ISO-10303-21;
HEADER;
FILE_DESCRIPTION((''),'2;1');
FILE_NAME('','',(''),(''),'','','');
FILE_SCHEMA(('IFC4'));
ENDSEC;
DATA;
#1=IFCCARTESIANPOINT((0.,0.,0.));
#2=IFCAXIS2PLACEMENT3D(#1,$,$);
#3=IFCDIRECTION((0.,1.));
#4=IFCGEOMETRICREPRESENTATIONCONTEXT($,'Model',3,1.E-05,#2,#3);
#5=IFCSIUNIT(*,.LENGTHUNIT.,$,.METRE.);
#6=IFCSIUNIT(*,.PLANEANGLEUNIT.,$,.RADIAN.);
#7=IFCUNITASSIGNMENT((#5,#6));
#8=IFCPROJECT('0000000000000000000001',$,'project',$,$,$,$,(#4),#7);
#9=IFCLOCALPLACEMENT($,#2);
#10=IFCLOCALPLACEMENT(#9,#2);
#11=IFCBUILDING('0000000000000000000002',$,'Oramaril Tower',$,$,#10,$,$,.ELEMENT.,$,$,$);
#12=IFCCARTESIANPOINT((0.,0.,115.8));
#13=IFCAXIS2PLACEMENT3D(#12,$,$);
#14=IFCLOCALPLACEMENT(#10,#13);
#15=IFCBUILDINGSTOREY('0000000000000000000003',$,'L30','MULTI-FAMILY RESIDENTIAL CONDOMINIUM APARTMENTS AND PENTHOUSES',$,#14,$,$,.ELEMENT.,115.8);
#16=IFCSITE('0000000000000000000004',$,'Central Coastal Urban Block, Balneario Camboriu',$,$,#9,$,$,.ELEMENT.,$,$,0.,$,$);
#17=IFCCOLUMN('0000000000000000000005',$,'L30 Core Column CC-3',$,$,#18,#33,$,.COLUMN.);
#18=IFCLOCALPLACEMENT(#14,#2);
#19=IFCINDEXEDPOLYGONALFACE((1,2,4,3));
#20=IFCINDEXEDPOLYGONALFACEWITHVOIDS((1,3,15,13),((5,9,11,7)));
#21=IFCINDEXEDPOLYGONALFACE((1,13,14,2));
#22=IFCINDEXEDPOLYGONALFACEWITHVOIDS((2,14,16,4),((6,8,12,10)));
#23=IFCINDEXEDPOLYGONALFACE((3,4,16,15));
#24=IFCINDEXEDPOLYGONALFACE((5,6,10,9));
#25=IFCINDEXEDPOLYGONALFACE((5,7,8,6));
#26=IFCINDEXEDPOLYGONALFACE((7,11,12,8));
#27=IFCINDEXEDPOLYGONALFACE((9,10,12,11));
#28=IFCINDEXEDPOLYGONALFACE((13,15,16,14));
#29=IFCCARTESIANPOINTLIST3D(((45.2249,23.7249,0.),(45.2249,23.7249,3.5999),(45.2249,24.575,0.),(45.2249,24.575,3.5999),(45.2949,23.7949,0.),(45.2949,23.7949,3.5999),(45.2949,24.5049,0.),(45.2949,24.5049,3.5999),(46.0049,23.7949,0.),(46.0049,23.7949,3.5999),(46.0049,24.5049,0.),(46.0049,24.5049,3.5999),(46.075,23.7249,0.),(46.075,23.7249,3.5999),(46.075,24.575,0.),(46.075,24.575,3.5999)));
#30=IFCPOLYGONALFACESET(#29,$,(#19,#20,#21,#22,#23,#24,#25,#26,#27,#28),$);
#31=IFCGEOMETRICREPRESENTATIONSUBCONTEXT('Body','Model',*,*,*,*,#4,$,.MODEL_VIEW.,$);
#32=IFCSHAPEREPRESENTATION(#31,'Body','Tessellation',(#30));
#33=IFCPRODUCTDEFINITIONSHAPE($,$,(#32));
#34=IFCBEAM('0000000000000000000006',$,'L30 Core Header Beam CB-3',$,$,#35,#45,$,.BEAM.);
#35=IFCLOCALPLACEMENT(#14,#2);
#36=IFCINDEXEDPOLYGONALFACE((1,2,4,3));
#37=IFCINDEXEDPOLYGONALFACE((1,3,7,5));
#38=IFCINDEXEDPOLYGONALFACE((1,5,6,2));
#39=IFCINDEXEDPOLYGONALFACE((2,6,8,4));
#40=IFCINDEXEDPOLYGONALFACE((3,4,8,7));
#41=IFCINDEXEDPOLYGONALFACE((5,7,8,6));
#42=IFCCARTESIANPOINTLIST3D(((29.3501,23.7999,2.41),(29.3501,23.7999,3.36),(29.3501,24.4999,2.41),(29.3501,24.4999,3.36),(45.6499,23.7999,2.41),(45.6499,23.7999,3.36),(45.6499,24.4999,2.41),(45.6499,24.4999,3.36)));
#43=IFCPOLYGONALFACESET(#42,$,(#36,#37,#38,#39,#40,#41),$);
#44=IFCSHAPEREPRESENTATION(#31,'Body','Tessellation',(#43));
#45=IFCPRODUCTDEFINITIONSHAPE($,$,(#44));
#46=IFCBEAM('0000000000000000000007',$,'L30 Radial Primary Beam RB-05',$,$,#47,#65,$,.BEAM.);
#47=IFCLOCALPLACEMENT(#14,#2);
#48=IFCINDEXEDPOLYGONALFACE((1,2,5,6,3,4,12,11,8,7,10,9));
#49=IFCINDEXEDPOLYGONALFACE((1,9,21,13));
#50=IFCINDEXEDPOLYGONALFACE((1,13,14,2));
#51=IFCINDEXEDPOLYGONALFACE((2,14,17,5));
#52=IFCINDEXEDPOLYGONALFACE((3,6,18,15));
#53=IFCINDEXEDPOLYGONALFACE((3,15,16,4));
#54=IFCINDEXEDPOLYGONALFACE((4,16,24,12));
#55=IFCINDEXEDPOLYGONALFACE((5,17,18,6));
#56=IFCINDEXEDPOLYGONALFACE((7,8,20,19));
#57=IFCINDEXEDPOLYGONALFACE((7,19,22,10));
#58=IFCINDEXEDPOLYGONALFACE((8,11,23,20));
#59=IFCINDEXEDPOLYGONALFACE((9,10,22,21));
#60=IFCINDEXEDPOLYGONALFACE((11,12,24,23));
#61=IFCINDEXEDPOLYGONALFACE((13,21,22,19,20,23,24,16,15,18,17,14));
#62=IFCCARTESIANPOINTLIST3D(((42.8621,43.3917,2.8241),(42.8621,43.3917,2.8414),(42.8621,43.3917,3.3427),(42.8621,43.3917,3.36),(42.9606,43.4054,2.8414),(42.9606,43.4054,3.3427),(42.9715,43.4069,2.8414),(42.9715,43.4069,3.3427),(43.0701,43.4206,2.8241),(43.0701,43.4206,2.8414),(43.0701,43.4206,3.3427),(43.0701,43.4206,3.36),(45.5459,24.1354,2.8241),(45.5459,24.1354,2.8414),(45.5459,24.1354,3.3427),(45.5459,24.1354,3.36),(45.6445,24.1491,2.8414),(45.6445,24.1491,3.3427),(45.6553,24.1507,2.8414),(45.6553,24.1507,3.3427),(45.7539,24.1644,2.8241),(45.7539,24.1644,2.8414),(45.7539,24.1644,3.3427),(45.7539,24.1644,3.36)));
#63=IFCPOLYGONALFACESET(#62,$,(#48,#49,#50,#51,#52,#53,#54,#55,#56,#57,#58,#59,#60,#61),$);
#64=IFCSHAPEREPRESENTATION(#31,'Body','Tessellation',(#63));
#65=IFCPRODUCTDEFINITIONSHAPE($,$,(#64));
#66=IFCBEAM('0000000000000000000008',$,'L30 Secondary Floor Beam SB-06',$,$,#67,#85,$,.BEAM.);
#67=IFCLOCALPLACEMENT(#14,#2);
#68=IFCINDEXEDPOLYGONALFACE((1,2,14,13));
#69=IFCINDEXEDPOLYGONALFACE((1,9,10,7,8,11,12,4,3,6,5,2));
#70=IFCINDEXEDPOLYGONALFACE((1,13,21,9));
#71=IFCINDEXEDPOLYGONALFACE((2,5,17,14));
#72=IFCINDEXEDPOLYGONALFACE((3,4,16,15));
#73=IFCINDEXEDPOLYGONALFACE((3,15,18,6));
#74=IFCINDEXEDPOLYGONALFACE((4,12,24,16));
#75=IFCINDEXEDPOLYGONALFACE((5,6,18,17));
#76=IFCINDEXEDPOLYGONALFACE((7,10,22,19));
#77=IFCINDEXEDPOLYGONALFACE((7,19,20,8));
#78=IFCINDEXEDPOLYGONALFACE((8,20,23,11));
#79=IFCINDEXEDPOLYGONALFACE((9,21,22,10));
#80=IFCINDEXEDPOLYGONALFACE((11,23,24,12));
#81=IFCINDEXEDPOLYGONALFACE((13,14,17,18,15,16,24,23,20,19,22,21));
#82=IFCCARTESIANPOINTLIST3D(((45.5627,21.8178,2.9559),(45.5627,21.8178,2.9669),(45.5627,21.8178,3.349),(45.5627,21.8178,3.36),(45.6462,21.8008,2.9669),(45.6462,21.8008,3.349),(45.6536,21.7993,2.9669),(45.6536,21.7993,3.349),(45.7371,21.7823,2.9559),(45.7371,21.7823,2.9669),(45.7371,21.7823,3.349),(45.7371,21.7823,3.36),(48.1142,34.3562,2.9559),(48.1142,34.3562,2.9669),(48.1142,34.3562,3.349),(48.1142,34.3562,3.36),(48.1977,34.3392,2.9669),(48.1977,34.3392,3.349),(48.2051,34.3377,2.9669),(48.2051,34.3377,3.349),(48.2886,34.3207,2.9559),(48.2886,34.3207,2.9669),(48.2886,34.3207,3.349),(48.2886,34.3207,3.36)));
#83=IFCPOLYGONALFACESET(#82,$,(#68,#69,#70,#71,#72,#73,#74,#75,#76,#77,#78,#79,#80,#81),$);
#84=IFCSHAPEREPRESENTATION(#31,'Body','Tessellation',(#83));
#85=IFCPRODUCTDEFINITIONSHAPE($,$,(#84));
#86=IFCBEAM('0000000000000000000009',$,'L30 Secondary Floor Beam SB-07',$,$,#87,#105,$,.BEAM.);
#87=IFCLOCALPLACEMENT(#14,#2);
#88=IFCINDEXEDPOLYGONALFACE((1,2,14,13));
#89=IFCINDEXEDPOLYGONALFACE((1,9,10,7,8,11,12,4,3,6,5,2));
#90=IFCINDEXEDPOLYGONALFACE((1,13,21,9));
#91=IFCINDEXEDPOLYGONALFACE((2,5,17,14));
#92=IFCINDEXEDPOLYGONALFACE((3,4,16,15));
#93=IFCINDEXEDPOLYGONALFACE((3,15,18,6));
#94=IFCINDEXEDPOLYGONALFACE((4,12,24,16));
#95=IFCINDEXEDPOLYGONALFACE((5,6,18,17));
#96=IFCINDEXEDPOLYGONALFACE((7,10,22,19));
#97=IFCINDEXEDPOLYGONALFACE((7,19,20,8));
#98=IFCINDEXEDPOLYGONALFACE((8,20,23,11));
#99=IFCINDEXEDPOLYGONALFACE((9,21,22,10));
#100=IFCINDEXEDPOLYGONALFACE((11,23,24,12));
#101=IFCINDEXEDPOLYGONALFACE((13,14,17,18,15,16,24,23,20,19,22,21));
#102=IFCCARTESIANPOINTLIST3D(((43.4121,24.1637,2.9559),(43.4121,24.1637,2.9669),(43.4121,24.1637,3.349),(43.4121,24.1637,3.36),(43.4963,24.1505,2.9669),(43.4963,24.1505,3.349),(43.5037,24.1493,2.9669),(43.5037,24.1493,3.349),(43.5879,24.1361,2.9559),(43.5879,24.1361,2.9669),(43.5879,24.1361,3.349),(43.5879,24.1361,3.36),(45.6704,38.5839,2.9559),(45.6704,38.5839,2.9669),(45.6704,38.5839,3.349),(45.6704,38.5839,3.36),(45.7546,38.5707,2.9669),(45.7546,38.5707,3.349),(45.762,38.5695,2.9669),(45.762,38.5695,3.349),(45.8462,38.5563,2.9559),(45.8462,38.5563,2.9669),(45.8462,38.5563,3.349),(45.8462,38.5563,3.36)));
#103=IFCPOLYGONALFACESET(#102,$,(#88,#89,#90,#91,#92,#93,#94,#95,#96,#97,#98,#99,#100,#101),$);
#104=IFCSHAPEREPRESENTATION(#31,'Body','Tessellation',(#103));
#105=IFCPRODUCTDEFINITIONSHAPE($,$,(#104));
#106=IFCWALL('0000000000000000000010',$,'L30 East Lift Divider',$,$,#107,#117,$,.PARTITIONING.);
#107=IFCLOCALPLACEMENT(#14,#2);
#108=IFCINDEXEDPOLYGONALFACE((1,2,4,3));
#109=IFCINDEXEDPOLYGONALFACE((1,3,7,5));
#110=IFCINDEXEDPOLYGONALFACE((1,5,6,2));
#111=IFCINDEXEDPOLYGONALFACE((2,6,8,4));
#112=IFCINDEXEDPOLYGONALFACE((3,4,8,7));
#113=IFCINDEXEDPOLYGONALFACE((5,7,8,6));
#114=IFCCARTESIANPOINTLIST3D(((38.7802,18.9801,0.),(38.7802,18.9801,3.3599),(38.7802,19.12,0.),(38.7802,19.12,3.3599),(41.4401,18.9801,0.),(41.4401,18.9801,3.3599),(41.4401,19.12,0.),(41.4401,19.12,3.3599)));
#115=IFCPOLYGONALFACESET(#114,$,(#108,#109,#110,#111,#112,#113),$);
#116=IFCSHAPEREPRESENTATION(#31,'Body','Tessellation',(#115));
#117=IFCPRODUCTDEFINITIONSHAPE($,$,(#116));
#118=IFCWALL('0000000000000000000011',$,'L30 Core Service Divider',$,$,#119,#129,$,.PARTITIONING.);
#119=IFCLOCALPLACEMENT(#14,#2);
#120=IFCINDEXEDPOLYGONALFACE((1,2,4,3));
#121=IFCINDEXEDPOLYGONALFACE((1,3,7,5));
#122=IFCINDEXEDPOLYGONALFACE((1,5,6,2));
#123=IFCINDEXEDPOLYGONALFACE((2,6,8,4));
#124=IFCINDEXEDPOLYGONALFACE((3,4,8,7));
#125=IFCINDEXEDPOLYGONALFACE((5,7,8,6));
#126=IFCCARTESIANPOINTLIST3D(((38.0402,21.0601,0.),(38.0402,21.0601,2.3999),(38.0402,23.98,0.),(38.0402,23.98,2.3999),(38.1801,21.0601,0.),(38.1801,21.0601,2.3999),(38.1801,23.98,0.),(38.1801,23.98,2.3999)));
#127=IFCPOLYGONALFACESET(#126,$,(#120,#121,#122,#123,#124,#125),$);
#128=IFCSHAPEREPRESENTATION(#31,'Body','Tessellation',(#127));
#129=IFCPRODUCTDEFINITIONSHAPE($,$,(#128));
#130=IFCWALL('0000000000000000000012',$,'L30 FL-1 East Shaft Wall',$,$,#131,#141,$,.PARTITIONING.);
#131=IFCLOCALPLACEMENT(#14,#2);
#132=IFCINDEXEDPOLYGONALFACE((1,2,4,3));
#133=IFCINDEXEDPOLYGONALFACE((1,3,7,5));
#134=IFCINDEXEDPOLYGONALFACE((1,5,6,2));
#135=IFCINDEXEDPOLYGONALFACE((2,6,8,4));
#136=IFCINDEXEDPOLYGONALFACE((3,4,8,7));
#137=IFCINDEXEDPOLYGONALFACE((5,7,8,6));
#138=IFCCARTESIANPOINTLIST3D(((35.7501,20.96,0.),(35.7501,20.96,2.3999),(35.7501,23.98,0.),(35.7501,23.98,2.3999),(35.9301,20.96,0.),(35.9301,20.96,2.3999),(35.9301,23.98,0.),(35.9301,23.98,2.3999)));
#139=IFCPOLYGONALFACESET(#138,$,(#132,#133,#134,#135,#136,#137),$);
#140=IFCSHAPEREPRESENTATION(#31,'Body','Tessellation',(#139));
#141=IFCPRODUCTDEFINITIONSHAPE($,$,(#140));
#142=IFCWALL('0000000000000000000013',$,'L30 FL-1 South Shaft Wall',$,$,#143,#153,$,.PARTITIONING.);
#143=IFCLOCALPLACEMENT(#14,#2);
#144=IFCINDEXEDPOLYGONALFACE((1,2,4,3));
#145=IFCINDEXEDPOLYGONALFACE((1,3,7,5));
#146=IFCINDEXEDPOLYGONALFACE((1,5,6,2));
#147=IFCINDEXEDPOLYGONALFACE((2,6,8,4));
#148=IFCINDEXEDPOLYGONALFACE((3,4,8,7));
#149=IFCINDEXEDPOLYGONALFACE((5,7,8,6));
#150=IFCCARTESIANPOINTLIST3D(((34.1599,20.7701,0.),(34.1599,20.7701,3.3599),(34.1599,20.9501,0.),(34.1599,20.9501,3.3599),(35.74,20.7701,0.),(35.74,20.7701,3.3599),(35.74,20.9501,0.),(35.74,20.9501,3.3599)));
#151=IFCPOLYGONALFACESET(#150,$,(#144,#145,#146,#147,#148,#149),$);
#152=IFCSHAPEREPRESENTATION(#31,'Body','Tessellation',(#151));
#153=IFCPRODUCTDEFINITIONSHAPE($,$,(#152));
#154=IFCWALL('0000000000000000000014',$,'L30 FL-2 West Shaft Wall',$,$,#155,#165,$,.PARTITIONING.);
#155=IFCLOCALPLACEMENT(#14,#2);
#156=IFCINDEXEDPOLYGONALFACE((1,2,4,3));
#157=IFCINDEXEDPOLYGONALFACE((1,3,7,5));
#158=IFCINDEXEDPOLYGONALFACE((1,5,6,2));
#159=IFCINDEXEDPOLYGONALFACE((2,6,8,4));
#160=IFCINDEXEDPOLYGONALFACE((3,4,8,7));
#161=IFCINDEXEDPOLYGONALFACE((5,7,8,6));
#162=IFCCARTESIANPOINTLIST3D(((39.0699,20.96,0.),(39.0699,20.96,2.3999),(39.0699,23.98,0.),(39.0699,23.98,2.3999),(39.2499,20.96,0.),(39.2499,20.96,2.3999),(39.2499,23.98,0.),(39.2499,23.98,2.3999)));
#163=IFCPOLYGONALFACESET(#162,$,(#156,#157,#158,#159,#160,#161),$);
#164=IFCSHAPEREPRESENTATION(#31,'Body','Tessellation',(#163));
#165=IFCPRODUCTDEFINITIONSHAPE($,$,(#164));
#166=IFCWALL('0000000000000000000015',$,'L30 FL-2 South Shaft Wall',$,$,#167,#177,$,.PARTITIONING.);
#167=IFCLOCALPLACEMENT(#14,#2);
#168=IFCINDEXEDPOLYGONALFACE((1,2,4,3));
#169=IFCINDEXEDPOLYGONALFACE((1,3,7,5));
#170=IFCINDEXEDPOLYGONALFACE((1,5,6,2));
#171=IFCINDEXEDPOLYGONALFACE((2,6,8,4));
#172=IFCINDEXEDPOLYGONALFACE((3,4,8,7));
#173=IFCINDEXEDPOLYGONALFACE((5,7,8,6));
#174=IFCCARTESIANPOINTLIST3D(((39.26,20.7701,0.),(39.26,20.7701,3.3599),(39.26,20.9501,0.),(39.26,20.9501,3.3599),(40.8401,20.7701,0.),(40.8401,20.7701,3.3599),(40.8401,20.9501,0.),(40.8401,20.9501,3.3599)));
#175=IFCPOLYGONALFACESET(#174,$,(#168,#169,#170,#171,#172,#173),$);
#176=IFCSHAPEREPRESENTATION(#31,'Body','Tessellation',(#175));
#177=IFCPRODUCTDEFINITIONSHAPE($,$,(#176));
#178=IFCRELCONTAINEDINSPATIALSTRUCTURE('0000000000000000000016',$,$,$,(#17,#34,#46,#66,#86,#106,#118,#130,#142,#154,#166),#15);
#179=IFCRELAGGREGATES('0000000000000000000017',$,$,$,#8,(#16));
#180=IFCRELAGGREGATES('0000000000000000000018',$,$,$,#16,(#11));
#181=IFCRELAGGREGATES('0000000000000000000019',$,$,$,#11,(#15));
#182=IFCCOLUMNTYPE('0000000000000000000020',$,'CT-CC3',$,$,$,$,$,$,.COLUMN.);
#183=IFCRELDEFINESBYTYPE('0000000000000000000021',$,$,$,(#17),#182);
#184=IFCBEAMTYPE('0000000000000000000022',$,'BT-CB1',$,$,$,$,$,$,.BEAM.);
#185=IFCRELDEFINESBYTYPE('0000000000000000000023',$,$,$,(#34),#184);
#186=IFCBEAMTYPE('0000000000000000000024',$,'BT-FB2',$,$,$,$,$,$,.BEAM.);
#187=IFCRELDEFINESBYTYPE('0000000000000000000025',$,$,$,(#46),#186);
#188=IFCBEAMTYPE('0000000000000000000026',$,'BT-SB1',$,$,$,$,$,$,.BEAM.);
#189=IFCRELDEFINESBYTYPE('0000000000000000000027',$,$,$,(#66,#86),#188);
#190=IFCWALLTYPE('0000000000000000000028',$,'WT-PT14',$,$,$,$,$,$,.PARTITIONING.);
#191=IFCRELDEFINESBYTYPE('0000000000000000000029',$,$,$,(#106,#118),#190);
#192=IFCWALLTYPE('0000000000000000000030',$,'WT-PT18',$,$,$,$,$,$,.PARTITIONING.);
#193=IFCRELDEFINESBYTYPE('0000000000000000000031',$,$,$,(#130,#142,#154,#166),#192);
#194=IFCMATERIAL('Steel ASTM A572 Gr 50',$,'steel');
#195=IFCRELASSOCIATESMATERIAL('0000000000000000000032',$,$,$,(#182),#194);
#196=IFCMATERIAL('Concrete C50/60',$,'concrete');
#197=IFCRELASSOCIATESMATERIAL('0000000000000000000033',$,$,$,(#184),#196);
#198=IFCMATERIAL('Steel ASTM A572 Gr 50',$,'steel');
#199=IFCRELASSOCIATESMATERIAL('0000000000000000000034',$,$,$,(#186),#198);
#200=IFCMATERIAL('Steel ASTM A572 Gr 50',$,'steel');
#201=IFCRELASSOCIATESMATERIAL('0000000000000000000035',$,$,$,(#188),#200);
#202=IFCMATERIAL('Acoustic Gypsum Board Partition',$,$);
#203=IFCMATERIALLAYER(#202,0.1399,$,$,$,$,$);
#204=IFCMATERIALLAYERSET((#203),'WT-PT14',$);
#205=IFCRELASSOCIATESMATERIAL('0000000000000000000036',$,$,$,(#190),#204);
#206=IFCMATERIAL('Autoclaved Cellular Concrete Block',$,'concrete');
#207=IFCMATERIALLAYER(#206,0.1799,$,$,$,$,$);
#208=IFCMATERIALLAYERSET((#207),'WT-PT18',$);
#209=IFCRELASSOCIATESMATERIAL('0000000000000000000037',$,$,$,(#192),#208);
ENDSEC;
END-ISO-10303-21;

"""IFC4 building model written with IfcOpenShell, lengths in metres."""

from ifc_helpers import new_model, si_unit, direction, frame, frame_2d, origin, origin_2d, place, context, subcontext, project, spatial, rectangle, hollow_rectangle, i_section, extrude, material, layer, layer_set, material_profile, profile_set, type_object, element, save


model = new_model("IFC4")

# Units and contexts
model_context = context("Model", 3, precision=1e-05, world=origin(), true_north=direction((0.0, 1.0)))
body_context = subcontext(model_context, "Body", "Model", "MODEL_VIEW")
ifc_project = project(units=[si_unit("LENGTHUNIT", "METRE"), si_unit("PLANEANGLEUNIT", "RADIAN")], contexts=[model_context])

# Site, building, storey
site_placement = place(None, origin())
site = spatial("IfcSite", under=ifc_project, at=site_placement, Name="Central Coastal Urban Block, Balneario Camboriu", CompositionType="ELEMENT", RefElevation=0.0)
building_placement = place(site_placement, origin())
building = spatial("IfcBuilding", under=site, at=building_placement, Name="Oramaril Tower", CompositionType="ELEMENT")
storey_placement = place(building_placement, frame((0.0, 0.0, 115.8)))
storey = spatial("IfcBuildingStorey", under=building, at=storey_placement, Name="L30", Description="MULTI-FAMILY RESIDENTIAL CONDOMINIUM APARTMENTS AND PENTHOUSES", CompositionType="ELEMENT", Elevation=115.8)

# Column
ifc_material_1 = material(Name="Steel ASTM A572 Gr 50", Category="steel")
ifc_material_profile_1 = material_profile(ifc_material_1, hollow_rectangle(XDim=0.8501, YDim=0.8501, WallThickness=0.0701, at=origin_2d()), Name="BOX850X850X70")
ifc_profile_set_1 = profile_set([ifc_material_profile_1], Name="Steel ASTM A572 Gr 50")
column_type = type_object("IfcColumnType", Name="CT-CC3", PredefinedType="COLUMN", material=ifc_profile_set_1)
column_placement = place(storey_placement, frame((45.6499, 24.1499, 0.0), z_axis=(0.0, 0.0, 1.0), x_axis=(1.0, 0.0, 0.0)))
element("IfcColumn", 1, at=column_placement, inside=storey, type_object=column_type, Name="L30 Core Column CC-3", PredefinedType="COLUMN", context=body_context, shape_type="SweptSolid", body=[
    extrude(hollow_rectangle(XDim=0.8501, YDim=0.8501, WallThickness=0.0701, at=origin_2d()), origin(), (0.0, 0.0, 1.0), 3.5999),
])

# Beams
ifc_material_2 = material(Name="Concrete C50/60", Category="concrete")
ifc_material_profile_2 = material_profile(ifc_material_2, rectangle(XDim=0.7, YDim=0.95, at=origin_2d()), Name="CB700X950")
ifc_profile_set_2 = profile_set([ifc_material_profile_2], Name="Concrete C50/60")
beam_type_1 = type_object("IfcBeamType", Name="BT-CB1", PredefinedType="BEAM", material=ifc_profile_set_2)
beam_1_placement = place(storey_placement, frame((45.6499, 24.1499, 2.885), z_axis=(-1.0, 0.0, 0.0), x_axis=(0.0, -1.0, 0.0)))
element("IfcBeam", 2, at=beam_1_placement, inside=storey, type_object=beam_type_1, Name="L30 Core Header Beam CB-3", PredefinedType="BEAM", context=body_context, shape_type="SweptSolid", body=[
    extrude(rectangle(XDim=0.7, YDim=0.95, at=origin_2d()), origin(), (0.0, 0.0, 1.0), 16.2998),
])
ifc_material_3 = material(Name="Steel ASTM A572 Gr 50", Category="steel")
ifc_material_profile_3 = material_profile(ifc_material_3, i_section(OverallWidth=0.21, OverallDepth=0.5359, WebThickness=0.011, FlangeThickness=0.0173, at=origin_2d()), Name="W21X68")
ifc_profile_set_3 = profile_set([ifc_material_profile_3], Name="Steel ASTM A572 Gr 50")
beam_type_2 = type_object("IfcBeamType", Name="BT-FB2", PredefinedType="BEAM", material=ifc_profile_set_3)
beam_2_placement = place(storey_placement, frame((45.6499, 24.1499, 3.092), z_axis=(-0.13804, 0.990427, 0.0), x_axis=(-0.990427, -0.13804, 0.0)))
element("IfcBeam", 3, at=beam_2_placement, inside=storey, type_object=beam_type_2, Name="L30 Radial Primary Beam RB-05", PredefinedType="BEAM", context=body_context, shape_type="SweptSolid", body=[
    extrude(i_section(OverallWidth=0.21, OverallDepth=0.5359, WebThickness=0.011, FlangeThickness=0.0173, at=origin_2d()), origin(), (0.0, 0.0, 1.0), 19.4424),
])
ifc_material_4 = material(Name="Steel ASTM A572 Gr 50", Category="steel")
ifc_material_profile_4 = material_profile(ifc_material_4, i_section(OverallWidth=0.178, OverallDepth=0.4041, WebThickness=0.0076, FlangeThickness=0.011, at=origin_2d()), Name="W16X36")
ifc_profile_set_4 = profile_set([ifc_material_profile_4], Name="Steel ASTM A572 Gr 50")
beam_type_3 = type_object("IfcBeamType", Name="BT-SB1", PredefinedType="BEAM", material=ifc_profile_set_4)
beam_3_placement = place(storey_placement, frame((45.6499, 21.8, 3.158), z_axis=(0.19941, 0.979916, 0.0), x_axis=(-0.979916, 0.19941, 0.0)))
element("IfcBeam", 4, at=beam_3_placement, inside=storey, type_object=beam_type_3, Name="L30 Secondary Floor Beam SB-06", PredefinedType="BEAM", context=body_context, shape_type="SweptSolid", body=[
    extrude(i_section(OverallWidth=0.178, OverallDepth=0.4041, WebThickness=0.0076, FlangeThickness=0.011, at=origin_2d()), origin(), (0.0, 0.0, 1.0), 12.7954),
])
beam_4_placement = place(storey_placement, frame((43.5, 24.1499, 3.158), z_axis=(0.154721, 0.987958, 0.0), x_axis=(-0.987958, 0.154721, 0.0)))
element("IfcBeam", 5, at=beam_4_placement, inside=storey, type_object=beam_type_3, Name="L30 Secondary Floor Beam SB-07", PredefinedType="BEAM", context=body_context, shape_type="SweptSolid", body=[
    extrude(i_section(OverallWidth=0.178, OverallDepth=0.4041, WebThickness=0.0076, FlangeThickness=0.011, at=origin_2d()), origin(), (0.0, 0.0, 1.0), 14.5959),
])

# Walls
ifc_material_5 = material(Name="Acoustic Gypsum Board Partition")
ifc_layer_1 = layer(ifc_material_5, 0.1399)
ifc_layer_set_1 = layer_set([ifc_layer_1], Name="WT-PT14")
wall_type_1 = type_object("IfcWallType", Name="WT-PT14", PredefinedType="PARTITIONING", material=ifc_layer_set_1)
wall_1_placement = place(storey_placement, frame((38.78, 19.05, 0.0), z_axis=(0.0, 0.0, 1.0), x_axis=(1.0, 0.0, 0.0)))
element("IfcWall", 6, at=wall_1_placement, inside=storey, type_object=wall_type_1, Name="L30 East Lift Divider", PredefinedType="PARTITIONING", context=body_context, shape_type="SweptSolid", body=[
    extrude(rectangle(XDim=2.6599, YDim=0.1399, at=frame_2d((1.3301, 0.0))), origin(), (0.0, 0.0, 1.0), 3.3599),
])
wall_2_placement = place(storey_placement, frame((38.1101, 21.0601, 0.0), z_axis=(0.0, 0.0, 1.0), x_axis=(0.0, 1.0, 0.0)))
element("IfcWall", 7, at=wall_2_placement, inside=storey, type_object=wall_type_1, Name="L30 Core Service Divider", PredefinedType="PARTITIONING", context=body_context, shape_type="SweptSolid", body=[
    extrude(rectangle(XDim=2.9199, YDim=0.1399, at=frame_2d((1.46, 0.0))), origin(), (0.0, 0.0, 1.0), 2.3999),
])
ifc_material_6 = material(Name="Autoclaved Cellular Concrete Block", Category="concrete")
ifc_layer_2 = layer(ifc_material_6, 0.1799)
ifc_layer_set_2 = layer_set([ifc_layer_2], Name="WT-PT18")
wall_type_2 = type_object("IfcWallType", Name="WT-PT18", PredefinedType="PARTITIONING", material=ifc_layer_set_2)
wall_3_placement = place(storey_placement, frame((35.8401, 20.96, 0.0), z_axis=(0.0, 0.0, 1.0), x_axis=(0.0, 1.0, 0.0)))
element("IfcWall", 8, at=wall_3_placement, inside=storey, type_object=wall_type_2, Name="L30 FL-1 East Shaft Wall", PredefinedType="PARTITIONING", context=body_context, shape_type="SweptSolid", body=[
    extrude(rectangle(XDim=3.02, YDim=0.1799, at=frame_2d((1.51, 0.0))), origin(), (0.0, 0.0, 1.0), 2.3999),
])
wall_4_placement = place(storey_placement, frame((34.1599, 20.8601, 0.0), z_axis=(0.0, 0.0, 1.0), x_axis=(1.0, 0.0, 0.0)))
element("IfcWall", 9, at=wall_4_placement, inside=storey, type_object=wall_type_2, Name="L30 FL-1 South Shaft Wall", PredefinedType="PARTITIONING", context=body_context, shape_type="SweptSolid", body=[
    extrude(rectangle(XDim=1.5801, YDim=0.1799, at=frame_2d((0.79, 0.0))), origin(), (0.0, 0.0, 1.0), 3.3599),
])
wall_5_placement = place(storey_placement, frame((39.1599, 20.96, 0.0), z_axis=(0.0, 0.0, 1.0), x_axis=(0.0, 1.0, 0.0)))
element("IfcWall", 10, at=wall_5_placement, inside=storey, type_object=wall_type_2, Name="L30 FL-2 West Shaft Wall", PredefinedType="PARTITIONING", context=body_context, shape_type="SweptSolid", body=[
    extrude(rectangle(XDim=3.02, YDim=0.1799, at=frame_2d((1.51, 0.0))), origin(), (0.0, 0.0, 1.0), 2.3999),
])
wall_6_placement = place(storey_placement, frame((39.26, 20.8601, 0.0), z_axis=(0.0, 0.0, 1.0), x_axis=(1.0, 0.0, 0.0)))
element("IfcWall", 11, at=wall_6_placement, inside=storey, type_object=wall_type_2, Name="L30 FL-2 South Shaft Wall", PredefinedType="PARTITIONING", context=body_context, shape_type="SweptSolid", body=[
    extrude(rectangle(XDim=1.5801, YDim=0.1799, at=frame_2d((0.79, 0.0))), origin(), (0.0, 0.0, 1.0), 3.3599),
])

save(model, "model.ifc")
